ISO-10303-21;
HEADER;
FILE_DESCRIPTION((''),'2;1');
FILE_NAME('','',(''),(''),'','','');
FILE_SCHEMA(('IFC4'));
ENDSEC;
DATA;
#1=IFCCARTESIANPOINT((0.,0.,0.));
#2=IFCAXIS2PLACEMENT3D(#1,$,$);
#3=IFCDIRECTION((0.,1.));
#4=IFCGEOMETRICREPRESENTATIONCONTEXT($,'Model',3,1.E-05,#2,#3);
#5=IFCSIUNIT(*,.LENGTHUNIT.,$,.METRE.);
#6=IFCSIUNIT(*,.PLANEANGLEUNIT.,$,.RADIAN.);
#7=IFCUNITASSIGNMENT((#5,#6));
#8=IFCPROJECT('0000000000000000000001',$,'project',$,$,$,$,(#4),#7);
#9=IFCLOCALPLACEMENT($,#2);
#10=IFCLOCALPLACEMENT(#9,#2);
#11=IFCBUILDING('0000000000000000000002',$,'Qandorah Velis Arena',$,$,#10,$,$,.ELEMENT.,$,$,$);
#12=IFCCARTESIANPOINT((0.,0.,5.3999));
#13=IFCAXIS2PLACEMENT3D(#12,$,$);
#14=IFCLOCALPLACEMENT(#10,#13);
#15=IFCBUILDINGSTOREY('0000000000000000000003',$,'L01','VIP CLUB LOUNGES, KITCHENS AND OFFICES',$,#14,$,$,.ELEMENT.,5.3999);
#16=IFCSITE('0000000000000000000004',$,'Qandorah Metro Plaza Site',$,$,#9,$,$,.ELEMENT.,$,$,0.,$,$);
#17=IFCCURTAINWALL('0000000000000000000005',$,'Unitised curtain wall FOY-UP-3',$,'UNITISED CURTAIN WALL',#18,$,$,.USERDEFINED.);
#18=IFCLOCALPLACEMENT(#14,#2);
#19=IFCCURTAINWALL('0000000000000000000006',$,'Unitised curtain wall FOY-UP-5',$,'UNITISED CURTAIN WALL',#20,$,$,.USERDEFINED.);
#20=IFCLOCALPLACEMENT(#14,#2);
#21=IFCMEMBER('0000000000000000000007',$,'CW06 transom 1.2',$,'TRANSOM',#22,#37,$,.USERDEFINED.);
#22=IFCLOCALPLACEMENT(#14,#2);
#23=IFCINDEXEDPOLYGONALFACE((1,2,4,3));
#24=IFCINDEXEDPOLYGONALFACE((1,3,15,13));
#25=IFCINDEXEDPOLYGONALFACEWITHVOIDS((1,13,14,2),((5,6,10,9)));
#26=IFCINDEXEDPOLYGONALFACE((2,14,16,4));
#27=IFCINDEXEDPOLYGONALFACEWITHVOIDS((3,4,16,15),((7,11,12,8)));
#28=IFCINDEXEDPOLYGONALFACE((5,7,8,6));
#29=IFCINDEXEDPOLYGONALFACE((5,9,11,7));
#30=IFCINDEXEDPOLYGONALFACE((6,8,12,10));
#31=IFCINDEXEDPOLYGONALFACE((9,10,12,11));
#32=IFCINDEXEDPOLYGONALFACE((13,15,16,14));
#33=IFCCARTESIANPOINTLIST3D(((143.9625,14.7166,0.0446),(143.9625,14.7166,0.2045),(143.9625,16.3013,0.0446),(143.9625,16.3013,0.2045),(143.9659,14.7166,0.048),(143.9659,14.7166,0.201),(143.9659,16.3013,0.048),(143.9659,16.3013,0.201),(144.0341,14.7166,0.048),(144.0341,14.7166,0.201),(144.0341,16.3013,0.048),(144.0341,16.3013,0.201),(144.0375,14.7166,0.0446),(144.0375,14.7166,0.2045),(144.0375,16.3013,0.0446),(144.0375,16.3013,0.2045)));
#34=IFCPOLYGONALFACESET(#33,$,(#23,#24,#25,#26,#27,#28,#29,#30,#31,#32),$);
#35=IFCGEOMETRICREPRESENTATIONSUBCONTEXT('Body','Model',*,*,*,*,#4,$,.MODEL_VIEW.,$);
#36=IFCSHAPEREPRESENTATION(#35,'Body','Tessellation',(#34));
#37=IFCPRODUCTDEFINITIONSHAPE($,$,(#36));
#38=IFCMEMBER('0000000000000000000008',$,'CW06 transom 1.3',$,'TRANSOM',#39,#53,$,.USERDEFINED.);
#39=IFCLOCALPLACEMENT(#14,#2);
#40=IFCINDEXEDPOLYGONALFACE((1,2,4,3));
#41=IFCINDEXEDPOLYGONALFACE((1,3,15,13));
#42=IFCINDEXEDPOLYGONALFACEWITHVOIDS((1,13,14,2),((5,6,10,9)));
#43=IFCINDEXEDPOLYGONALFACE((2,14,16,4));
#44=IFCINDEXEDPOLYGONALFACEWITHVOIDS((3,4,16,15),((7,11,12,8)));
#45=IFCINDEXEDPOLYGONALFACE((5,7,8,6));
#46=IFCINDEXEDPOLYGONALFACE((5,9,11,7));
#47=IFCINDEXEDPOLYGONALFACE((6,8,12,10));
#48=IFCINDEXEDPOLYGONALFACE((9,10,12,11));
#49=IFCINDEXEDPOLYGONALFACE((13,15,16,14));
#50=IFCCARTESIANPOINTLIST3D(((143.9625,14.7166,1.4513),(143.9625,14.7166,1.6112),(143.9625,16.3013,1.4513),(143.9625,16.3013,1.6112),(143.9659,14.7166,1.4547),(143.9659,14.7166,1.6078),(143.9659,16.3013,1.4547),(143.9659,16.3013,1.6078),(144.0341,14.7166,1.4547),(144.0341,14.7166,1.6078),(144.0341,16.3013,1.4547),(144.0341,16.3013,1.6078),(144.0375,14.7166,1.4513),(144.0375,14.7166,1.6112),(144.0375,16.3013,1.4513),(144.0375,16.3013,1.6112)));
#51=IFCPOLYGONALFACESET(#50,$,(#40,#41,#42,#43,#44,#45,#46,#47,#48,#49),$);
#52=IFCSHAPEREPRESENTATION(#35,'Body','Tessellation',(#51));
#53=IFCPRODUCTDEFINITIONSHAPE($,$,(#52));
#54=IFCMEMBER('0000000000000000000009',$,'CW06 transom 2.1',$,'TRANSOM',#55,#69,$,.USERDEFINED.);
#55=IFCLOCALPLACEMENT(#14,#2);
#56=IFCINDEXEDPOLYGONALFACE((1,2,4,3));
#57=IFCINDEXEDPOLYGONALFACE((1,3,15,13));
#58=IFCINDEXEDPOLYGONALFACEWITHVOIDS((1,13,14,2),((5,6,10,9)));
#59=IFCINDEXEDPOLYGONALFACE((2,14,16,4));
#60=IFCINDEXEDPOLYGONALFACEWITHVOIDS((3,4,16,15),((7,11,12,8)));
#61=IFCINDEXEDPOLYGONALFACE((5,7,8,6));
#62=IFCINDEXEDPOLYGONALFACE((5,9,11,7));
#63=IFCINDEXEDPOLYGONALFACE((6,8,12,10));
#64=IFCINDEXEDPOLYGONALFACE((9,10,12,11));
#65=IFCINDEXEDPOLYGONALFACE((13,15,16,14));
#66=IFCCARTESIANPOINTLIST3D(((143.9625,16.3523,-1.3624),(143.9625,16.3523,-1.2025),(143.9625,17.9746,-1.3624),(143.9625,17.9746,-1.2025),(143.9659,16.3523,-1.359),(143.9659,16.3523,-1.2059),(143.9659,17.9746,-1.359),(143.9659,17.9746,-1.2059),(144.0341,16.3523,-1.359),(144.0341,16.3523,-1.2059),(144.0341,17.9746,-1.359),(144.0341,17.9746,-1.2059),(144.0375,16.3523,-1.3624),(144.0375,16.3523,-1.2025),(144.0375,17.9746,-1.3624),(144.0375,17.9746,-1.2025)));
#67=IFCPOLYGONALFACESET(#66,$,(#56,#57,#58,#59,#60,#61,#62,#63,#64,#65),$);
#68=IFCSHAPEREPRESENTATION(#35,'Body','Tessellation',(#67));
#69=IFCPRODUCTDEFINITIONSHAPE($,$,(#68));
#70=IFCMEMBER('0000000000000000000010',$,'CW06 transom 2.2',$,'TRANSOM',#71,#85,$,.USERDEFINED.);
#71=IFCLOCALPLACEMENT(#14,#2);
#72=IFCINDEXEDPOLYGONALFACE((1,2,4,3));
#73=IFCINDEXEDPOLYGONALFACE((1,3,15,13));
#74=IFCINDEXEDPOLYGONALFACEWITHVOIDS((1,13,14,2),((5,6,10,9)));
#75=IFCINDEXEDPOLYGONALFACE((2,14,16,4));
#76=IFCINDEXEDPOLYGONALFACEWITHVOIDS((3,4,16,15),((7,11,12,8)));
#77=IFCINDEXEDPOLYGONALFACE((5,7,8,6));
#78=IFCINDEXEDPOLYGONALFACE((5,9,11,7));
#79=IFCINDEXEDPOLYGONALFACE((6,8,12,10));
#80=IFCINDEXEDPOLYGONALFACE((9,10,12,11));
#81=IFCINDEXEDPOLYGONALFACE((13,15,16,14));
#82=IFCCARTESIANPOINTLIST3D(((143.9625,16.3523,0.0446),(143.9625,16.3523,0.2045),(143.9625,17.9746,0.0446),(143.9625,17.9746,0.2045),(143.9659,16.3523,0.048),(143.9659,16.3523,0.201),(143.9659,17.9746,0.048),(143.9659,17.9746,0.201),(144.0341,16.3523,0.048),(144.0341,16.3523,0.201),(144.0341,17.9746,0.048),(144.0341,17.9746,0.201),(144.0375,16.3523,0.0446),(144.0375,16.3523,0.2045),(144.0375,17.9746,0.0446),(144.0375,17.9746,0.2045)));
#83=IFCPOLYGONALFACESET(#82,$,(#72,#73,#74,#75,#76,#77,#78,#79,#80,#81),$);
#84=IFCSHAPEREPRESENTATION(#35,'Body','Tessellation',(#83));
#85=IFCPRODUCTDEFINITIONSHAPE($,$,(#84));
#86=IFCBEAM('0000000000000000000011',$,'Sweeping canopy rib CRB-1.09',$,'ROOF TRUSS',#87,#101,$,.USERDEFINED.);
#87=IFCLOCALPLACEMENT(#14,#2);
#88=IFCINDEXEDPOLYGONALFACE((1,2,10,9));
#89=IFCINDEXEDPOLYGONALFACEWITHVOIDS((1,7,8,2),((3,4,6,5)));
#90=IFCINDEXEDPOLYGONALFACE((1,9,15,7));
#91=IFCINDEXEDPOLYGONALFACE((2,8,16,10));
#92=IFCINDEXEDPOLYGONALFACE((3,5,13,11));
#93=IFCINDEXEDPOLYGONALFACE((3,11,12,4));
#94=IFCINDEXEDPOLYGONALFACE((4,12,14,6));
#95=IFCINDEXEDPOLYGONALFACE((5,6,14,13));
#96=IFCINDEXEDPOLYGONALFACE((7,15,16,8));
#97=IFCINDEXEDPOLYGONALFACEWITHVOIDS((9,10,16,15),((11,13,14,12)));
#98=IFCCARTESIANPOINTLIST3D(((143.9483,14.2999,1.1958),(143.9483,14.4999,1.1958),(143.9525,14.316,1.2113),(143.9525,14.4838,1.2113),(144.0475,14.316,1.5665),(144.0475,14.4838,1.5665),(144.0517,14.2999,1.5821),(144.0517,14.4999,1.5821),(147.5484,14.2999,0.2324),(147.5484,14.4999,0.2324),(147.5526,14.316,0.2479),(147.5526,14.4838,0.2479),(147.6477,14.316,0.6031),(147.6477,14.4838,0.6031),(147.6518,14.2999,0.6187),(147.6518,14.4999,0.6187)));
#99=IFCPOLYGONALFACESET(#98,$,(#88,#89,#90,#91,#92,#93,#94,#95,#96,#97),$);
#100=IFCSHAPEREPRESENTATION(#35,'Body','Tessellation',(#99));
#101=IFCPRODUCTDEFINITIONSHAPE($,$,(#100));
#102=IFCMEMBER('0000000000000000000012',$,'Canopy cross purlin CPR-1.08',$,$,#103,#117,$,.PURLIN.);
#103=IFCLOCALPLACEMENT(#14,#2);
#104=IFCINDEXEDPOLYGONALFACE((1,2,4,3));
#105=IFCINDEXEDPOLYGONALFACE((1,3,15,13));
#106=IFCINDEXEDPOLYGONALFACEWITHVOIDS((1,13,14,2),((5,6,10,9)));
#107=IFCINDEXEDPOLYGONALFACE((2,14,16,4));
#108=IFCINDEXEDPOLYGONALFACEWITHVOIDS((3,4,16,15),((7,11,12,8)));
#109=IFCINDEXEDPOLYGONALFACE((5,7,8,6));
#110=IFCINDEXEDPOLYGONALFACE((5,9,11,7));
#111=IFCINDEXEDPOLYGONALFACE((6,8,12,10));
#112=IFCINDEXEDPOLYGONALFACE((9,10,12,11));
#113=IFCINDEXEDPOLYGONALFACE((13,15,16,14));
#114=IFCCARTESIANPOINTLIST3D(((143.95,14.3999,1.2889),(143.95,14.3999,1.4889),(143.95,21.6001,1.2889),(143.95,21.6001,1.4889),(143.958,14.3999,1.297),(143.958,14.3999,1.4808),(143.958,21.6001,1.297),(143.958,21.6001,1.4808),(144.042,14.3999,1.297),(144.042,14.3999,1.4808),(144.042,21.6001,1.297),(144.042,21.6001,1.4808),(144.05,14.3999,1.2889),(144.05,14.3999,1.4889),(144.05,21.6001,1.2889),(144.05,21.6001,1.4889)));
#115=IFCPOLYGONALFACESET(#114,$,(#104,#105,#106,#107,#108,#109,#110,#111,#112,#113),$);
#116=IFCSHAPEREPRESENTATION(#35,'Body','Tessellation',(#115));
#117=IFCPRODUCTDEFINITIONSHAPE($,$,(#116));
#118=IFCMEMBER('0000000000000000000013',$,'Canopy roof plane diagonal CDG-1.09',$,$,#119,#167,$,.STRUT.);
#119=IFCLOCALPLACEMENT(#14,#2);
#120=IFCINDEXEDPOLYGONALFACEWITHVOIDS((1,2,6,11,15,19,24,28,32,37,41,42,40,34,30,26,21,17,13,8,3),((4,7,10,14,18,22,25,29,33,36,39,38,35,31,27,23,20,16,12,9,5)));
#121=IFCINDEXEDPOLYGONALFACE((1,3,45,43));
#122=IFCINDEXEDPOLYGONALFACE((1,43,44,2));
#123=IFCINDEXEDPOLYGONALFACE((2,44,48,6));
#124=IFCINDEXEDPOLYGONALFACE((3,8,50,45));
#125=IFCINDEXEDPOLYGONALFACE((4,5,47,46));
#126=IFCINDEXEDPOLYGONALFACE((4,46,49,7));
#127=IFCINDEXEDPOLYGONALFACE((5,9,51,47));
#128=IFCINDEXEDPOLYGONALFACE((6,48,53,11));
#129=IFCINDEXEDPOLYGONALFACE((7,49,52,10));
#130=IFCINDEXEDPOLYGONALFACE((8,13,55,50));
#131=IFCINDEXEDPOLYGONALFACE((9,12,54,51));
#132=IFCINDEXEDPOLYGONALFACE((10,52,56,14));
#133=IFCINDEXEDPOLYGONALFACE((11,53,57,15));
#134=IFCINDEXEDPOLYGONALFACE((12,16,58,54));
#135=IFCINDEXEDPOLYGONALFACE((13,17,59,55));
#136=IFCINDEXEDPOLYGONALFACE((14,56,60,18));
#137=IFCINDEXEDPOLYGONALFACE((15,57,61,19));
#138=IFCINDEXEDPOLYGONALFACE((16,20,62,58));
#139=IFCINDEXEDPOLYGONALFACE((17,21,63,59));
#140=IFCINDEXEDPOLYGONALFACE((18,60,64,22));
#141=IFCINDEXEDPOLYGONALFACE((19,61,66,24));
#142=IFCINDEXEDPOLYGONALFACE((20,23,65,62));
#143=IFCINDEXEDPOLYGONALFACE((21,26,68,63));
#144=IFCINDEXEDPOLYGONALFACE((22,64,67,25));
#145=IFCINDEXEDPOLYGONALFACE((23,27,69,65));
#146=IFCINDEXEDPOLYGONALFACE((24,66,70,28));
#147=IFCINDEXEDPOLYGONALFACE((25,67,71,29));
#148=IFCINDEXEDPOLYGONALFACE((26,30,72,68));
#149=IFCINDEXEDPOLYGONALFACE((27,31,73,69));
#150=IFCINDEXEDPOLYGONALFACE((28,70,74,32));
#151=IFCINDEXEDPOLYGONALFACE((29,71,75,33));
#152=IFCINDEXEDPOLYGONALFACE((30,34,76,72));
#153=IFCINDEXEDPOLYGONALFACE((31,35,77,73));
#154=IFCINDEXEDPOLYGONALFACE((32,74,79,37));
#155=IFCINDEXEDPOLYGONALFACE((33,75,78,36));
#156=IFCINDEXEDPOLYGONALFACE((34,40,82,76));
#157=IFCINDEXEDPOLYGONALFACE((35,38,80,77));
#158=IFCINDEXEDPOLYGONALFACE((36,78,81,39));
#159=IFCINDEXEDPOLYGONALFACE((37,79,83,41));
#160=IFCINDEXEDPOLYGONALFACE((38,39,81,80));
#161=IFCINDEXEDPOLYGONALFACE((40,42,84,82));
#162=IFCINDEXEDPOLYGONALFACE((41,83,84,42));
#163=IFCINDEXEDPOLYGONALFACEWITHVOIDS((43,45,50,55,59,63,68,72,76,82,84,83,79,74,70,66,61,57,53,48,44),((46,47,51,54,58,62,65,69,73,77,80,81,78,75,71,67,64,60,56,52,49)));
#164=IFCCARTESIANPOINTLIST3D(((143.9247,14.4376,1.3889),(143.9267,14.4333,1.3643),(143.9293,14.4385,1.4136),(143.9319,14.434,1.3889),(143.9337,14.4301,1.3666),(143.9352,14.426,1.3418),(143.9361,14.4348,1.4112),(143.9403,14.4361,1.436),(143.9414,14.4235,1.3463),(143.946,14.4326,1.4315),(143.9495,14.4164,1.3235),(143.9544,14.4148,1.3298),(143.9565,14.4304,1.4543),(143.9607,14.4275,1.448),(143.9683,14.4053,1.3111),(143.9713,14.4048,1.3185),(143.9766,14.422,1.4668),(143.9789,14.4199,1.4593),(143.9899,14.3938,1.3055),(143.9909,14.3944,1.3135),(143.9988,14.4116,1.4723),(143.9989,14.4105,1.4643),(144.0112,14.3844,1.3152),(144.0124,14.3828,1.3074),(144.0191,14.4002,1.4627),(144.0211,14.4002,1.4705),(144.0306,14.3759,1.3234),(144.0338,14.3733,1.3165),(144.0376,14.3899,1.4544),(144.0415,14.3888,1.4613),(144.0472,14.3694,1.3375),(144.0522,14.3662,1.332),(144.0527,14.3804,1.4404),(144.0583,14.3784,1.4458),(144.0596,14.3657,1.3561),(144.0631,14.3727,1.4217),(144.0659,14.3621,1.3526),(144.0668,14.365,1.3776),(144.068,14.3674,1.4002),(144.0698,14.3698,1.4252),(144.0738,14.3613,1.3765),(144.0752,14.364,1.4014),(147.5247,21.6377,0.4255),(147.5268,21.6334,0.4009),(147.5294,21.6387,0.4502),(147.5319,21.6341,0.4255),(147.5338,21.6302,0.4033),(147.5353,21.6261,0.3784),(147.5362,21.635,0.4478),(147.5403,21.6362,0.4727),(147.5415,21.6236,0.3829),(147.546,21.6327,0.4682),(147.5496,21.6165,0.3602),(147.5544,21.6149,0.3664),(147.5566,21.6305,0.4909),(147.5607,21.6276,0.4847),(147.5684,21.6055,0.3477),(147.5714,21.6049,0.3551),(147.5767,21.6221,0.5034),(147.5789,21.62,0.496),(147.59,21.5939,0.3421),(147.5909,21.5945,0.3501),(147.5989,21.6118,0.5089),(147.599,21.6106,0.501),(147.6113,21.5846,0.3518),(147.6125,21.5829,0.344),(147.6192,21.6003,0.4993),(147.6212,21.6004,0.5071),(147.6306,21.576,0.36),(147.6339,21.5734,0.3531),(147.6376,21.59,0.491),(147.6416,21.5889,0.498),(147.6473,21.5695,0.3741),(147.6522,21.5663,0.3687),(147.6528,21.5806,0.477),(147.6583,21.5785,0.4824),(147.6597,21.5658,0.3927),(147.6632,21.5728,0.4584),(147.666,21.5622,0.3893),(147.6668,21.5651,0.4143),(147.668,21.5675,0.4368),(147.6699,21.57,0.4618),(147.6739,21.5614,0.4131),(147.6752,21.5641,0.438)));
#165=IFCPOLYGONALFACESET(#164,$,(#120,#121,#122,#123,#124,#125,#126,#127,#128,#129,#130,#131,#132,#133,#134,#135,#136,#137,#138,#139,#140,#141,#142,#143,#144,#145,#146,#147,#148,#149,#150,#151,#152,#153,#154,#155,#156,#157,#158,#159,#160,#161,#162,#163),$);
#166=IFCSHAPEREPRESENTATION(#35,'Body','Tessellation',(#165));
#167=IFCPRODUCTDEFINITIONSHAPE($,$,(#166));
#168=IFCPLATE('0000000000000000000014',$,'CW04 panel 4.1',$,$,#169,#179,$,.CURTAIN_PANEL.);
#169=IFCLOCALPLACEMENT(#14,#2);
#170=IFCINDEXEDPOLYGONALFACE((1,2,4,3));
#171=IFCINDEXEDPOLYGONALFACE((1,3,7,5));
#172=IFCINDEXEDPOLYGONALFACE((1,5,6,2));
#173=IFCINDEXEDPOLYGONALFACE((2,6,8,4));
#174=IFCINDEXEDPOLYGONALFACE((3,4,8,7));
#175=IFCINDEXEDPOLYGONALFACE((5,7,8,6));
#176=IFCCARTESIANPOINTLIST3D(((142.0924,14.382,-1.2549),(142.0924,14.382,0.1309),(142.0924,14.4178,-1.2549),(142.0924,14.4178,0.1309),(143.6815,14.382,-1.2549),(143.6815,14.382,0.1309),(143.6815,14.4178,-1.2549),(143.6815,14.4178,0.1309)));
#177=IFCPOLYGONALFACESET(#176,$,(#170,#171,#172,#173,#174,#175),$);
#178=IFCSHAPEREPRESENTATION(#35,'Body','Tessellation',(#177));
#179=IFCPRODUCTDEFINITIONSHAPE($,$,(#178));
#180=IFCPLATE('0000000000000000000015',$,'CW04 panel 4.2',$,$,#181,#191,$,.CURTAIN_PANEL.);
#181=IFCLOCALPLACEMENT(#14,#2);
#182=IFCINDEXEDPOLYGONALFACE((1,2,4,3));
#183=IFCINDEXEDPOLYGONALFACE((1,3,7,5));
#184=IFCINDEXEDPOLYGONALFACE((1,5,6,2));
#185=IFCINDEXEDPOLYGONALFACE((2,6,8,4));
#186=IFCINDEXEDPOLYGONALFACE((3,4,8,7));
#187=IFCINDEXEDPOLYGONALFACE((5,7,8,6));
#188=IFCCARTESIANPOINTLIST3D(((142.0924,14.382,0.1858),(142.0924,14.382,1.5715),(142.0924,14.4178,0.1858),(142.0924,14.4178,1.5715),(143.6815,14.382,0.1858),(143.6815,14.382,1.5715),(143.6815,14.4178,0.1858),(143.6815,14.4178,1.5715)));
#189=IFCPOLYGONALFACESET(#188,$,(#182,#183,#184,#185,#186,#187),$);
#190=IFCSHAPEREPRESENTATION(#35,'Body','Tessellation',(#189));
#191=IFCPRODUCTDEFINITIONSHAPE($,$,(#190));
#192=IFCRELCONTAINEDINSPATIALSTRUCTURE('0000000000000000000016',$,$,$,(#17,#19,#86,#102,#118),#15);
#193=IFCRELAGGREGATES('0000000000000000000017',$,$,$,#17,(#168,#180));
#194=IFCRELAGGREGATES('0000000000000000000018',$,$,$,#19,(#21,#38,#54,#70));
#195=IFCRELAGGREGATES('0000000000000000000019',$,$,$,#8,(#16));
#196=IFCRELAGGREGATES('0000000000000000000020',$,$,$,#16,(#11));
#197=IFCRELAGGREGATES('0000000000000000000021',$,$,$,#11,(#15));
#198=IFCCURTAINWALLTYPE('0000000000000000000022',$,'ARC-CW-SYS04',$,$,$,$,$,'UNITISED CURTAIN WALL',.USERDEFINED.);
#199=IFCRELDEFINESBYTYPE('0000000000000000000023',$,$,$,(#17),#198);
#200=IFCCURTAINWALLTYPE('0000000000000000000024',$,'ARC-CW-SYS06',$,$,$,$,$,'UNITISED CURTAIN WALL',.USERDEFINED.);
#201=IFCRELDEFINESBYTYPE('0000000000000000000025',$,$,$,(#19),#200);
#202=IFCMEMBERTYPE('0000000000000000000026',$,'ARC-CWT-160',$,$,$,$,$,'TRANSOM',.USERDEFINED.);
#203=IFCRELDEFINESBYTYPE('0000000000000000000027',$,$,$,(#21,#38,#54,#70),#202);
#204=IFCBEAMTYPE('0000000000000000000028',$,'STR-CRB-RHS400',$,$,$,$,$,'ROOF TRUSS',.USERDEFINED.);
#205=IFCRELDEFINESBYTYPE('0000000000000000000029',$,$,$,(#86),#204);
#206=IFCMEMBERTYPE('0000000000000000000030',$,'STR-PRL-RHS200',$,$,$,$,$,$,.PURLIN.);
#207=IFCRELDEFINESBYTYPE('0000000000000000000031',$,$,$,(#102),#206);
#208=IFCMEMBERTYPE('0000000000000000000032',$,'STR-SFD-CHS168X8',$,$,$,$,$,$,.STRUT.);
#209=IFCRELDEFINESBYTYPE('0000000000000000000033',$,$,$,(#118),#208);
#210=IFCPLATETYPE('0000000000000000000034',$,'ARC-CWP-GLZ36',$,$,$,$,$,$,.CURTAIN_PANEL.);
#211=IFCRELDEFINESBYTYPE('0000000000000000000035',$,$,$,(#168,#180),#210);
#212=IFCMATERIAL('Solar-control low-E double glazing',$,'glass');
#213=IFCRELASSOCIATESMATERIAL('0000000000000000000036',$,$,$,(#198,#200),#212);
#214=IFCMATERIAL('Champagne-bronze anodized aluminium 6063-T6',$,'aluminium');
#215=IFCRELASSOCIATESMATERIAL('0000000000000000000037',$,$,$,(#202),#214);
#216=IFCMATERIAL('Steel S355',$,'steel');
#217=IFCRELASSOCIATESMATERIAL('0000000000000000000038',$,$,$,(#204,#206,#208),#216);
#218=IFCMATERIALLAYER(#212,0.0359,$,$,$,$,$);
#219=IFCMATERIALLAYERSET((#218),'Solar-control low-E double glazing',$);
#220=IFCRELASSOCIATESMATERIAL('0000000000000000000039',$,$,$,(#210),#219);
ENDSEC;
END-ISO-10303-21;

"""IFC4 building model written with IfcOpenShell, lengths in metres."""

from ifc_helpers import new_model, si_unit, direction, frame, origin, origin_2d, place, context, subcontext, project, spatial, rectangle, hollow_rectangle, hollow_circle, extrude, material, layer, layer_set, material_profile, profile_set, type_object, element, aggregate, save


model = new_model("IFC4")

# Units and contexts
model_context = context("Model", 3, precision=1e-05, world=origin(), true_north=direction((0.0, 1.0)))
body_context = subcontext(model_context, "Body", "Model", "MODEL_VIEW")
ifc_project = project(units=[si_unit("LENGTHUNIT", "METRE"), si_unit("PLANEANGLEUNIT", "RADIAN")], contexts=[model_context])

# Site, building, storey
site_placement = place(None, origin())
site = spatial("IfcSite", under=ifc_project, at=site_placement, Name="Qandorah Metro Plaza Site", CompositionType="ELEMENT", RefElevation=0.0)
building_placement = place(site_placement, origin())
building = spatial("IfcBuilding", under=site, at=building_placement, Name="Qandorah Velis Arena", CompositionType="ELEMENT")
storey_placement = place(building_placement, frame((0.0, 0.0, 5.3999)))
storey = spatial("IfcBuildingStorey", under=building, at=storey_placement, Name="L01", Description="VIP CLUB LOUNGES, KITCHENS AND OFFICES", CompositionType="ELEMENT", Elevation=5.3999)

# Shared definitions
ifc_material_1 = material(Name="Steel S355", Category="steel")

# Curtain wall
ifc_material_2 = material(Name="Solar-control low-E double glazing", Category="glass")
curtain_wall_type_1 = type_object("IfcCurtainWallType", Name="ARC-CW-SYS04", ElementType="UNITISED CURTAIN WALL", PredefinedType="USERDEFINED", material=ifc_material_2)
curtain_wall_1_placement = place(storey_placement, origin())
curtain_wall_1 = element("IfcCurtainWall", 1, at=curtain_wall_1_placement, inside=storey, type_object=curtain_wall_type_1, Name="Unitised curtain wall FOY-UP-3", ObjectType="UNITISED CURTAIN WALL", PredefinedType="USERDEFINED")
ifc_material_3 = material(Name="Champagne-bronze anodized aluminium 6063-T6", Category="aluminium")

# Curtain wall
curtain_wall_type_2 = type_object("IfcCurtainWallType", Name="ARC-CW-SYS06", ElementType="UNITISED CURTAIN WALL", PredefinedType="USERDEFINED", material=ifc_material_2)
curtain_wall_2_placement = place(storey_placement, origin())
curtain_wall_2 = element("IfcCurtainWall", 2, at=curtain_wall_2_placement, inside=storey, type_object=curtain_wall_type_2, Name="Unitised curtain wall FOY-UP-5", ObjectType="UNITISED CURTAIN WALL", PredefinedType="USERDEFINED")

# Members
ifc_material_profile_1 = material_profile(ifc_material_3, hollow_rectangle(XDim=0.075, YDim=0.1599, WallThickness=0.0034, at=origin_2d()), Name="ALU TRANSOM 75x160")
ifc_profile_set_1 = profile_set([ifc_material_profile_1], Name="Champagne-bronze anodized aluminium 6063-T6")
member_type_1 = type_object("IfcMemberType", Name="ARC-CWT-160", ElementType="TRANSOM", PredefinedType="USERDEFINED", material=ifc_profile_set_1)
member_1_placement = place(storey_placement, frame((144.0, 14.7166, 0.1245), z_axis=(0.0, 1.0, 0.0), x_axis=(-1.0, 0.0, 0.0)))
member_1 = element("IfcMember", 3, at=member_1_placement, type_object=member_type_1, Name="CW06 transom 1.2", ObjectType="TRANSOM", PredefinedType="USERDEFINED", context=body_context, shape_type="SweptSolid", body=[
    extrude(hollow_rectangle(XDim=0.075, YDim=0.1599, WallThickness=0.0034, at=origin_2d()), origin(), (0.0, 0.0, 1.0), 1.5847),
])
member_2_placement = place(storey_placement, frame((144.0, 14.7166, 1.5312), z_axis=(0.0, 1.0, 0.0), x_axis=(-1.0, 0.0, 0.0)))
member_2 = element("IfcMember", 4, at=member_2_placement, type_object=member_type_1, Name="CW06 transom 1.3", ObjectType="TRANSOM", PredefinedType="USERDEFINED", context=body_context, shape_type="SweptSolid", body=[
    extrude(hollow_rectangle(XDim=0.075, YDim=0.1599, WallThickness=0.0034, at=origin_2d()), origin(), (0.0, 0.0, 1.0), 1.5847),
])
member_3_placement = place(storey_placement, frame((144.0, 16.3523, -1.2825), z_axis=(0.0, 1.0, 0.0), x_axis=(-1.0, 0.0, 0.0)))
member_3 = element("IfcMember", 5, at=member_3_placement, type_object=member_type_1, Name="CW06 transom 2.1", ObjectType="TRANSOM", PredefinedType="USERDEFINED", context=body_context, shape_type="SweptSolid", body=[
    extrude(hollow_rectangle(XDim=0.075, YDim=0.1599, WallThickness=0.0034, at=origin_2d()), origin(), (0.0, 0.0, 1.0), 1.6223),
])
member_4_placement = place(storey_placement, frame((144.0, 16.3523, 0.1245), z_axis=(0.0, 1.0, 0.0), x_axis=(-1.0, 0.0, 0.0)))
member_4 = element("IfcMember", 6, at=member_4_placement, type_object=member_type_1, Name="CW06 transom 2.2", ObjectType="TRANSOM", PredefinedType="USERDEFINED", context=body_context, shape_type="SweptSolid", body=[
    extrude(hollow_rectangle(XDim=0.075, YDim=0.1599, WallThickness=0.0034, at=origin_2d()), origin(), (0.0, 0.0, 1.0), 1.6223),
])

# Beam
ifc_material_profile_2 = material_profile(ifc_material_1, hollow_rectangle(XDim=0.2, YDim=0.3999, WallThickness=0.0161, at=origin_2d()), Name="RHS 400x200x16")
ifc_profile_set_2 = profile_set([ifc_material_profile_2], Name="Steel S355")
beam_type = type_object("IfcBeamType", Name="STR-CRB-RHS400", ElementType="ROOF TRUSS", PredefinedType="USERDEFINED", material=ifc_profile_set_2)
beam_placement = place(storey_placement, frame((144.0, 14.3999, 1.3889), z_axis=(0.966011, 0.0, -0.258502), x_axis=(0.0, 1.0, 0.0)))
element("IfcBeam", 7, at=beam_placement, inside=storey, type_object=beam_type, Name="Sweeping canopy rib CRB-1.09", ObjectType="ROOF TRUSS", PredefinedType="USERDEFINED", context=body_context, shape_type="SweptSolid", body=[
    extrude(hollow_rectangle(XDim=0.2, YDim=0.3999, WallThickness=0.0161, at=origin_2d()), origin(), (0.0, 0.0, 1.0), 3.7268),
])

# Members
ifc_material_profile_3 = material_profile(ifc_material_1, hollow_rectangle(XDim=0.1001, YDim=0.2, WallThickness=0.0081, at=origin_2d()), Name="RHS 200x100x8")
ifc_profile_set_3 = profile_set([ifc_material_profile_3], Name="Steel S355")
member_type_2 = type_object("IfcMemberType", Name="STR-PRL-RHS200", PredefinedType="PURLIN", material=ifc_profile_set_3)
member_5_placement = place(storey_placement, frame((144.0, 14.3999, 1.3889), z_axis=(0.0, 1.0, 0.0), x_axis=(-1.0, 0.0, 0.0)))
element("IfcMember", 8, at=member_5_placement, inside=storey, type_object=member_type_2, Name="Canopy cross purlin CPR-1.08", PredefinedType="PURLIN", context=body_context, shape_type="SweptSolid", body=[
    extrude(hollow_rectangle(XDim=0.1001, YDim=0.2, WallThickness=0.0081, at=origin_2d()), origin(), (0.0, 0.0, 1.0), 7.2002),
])
ifc_material_profile_4 = material_profile(ifc_material_1, hollow_circle(Radius=0.0842, WallThickness=0.0081, at=origin_2d()), Name="CHS 168.3x8")
ifc_profile_set_4 = profile_set([ifc_material_profile_4], Name="Steel S355")
member_type_3 = type_object("IfcMemberType", Name="STR-SFD-CHS168X8", PredefinedType="STRUT", material=ifc_profile_set_4)
member_6_placement = place(storey_placement, frame((144.0, 14.3999, 1.3889), z_axis=(0.444045, 0.88809, -0.118826), x_axis=(-0.894427, 0.447214, 0.0)))
element("IfcMember", 9, at=member_6_placement, inside=storey, type_object=member_type_3, Name="Canopy roof plane diagonal CDG-1.09", PredefinedType="STRUT", context=body_context, shape_type="SweptSolid", body=[
    extrude(hollow_circle(Radius=0.0842, WallThickness=0.0081, at=origin_2d()), origin(), (0.0, 0.0, 1.0), 8.1074),
])

# Plates
ifc_layer_1 = layer(ifc_material_2, 0.0359)
ifc_layer_set_1 = layer_set([ifc_layer_1], Name="Solar-control low-E double glazing")
plate_type_1 = type_object("IfcPlateType", Name="ARC-CWP-GLZ36", PredefinedType="CURTAIN_PANEL", material=ifc_layer_set_1)
plate_1_placement = place(storey_placement, frame((142.887, 14.3999, -1.2549), z_axis=(0.0, 0.0, 1.0), x_axis=(1.0, 0.0, 0.0)))
plate_1 = element("IfcPlate", 10, at=plate_1_placement, type_object=plate_type_1, Name="CW04 panel 4.1", PredefinedType="CURTAIN_PANEL", context=body_context, shape_type="SweptSolid", body=[
    extrude(rectangle(XDim=1.5891, YDim=0.0359, at=origin_2d()), origin(), (0.0, 0.0, 1.0), 1.3857),
])
plate_2_placement = place(storey_placement, frame((142.887, 14.3999, 0.1858), z_axis=(0.0, 0.0, 1.0), x_axis=(1.0, 0.0, 0.0)))
plate_2 = element("IfcPlate", 11, at=plate_2_placement, type_object=plate_type_1, Name="CW04 panel 4.2", PredefinedType="CURTAIN_PANEL", context=body_context, shape_type="SweptSolid", body=[
    extrude(rectangle(XDim=1.5891, YDim=0.0359, at=origin_2d()), origin(), (0.0, 0.0, 1.0), 1.3857),
])
aggregate(curtain_wall_1, [plate_1, plate_2])
aggregate(curtain_wall_2, [member_1, member_2, member_3, member_4])

save(model, "model.ifc")
